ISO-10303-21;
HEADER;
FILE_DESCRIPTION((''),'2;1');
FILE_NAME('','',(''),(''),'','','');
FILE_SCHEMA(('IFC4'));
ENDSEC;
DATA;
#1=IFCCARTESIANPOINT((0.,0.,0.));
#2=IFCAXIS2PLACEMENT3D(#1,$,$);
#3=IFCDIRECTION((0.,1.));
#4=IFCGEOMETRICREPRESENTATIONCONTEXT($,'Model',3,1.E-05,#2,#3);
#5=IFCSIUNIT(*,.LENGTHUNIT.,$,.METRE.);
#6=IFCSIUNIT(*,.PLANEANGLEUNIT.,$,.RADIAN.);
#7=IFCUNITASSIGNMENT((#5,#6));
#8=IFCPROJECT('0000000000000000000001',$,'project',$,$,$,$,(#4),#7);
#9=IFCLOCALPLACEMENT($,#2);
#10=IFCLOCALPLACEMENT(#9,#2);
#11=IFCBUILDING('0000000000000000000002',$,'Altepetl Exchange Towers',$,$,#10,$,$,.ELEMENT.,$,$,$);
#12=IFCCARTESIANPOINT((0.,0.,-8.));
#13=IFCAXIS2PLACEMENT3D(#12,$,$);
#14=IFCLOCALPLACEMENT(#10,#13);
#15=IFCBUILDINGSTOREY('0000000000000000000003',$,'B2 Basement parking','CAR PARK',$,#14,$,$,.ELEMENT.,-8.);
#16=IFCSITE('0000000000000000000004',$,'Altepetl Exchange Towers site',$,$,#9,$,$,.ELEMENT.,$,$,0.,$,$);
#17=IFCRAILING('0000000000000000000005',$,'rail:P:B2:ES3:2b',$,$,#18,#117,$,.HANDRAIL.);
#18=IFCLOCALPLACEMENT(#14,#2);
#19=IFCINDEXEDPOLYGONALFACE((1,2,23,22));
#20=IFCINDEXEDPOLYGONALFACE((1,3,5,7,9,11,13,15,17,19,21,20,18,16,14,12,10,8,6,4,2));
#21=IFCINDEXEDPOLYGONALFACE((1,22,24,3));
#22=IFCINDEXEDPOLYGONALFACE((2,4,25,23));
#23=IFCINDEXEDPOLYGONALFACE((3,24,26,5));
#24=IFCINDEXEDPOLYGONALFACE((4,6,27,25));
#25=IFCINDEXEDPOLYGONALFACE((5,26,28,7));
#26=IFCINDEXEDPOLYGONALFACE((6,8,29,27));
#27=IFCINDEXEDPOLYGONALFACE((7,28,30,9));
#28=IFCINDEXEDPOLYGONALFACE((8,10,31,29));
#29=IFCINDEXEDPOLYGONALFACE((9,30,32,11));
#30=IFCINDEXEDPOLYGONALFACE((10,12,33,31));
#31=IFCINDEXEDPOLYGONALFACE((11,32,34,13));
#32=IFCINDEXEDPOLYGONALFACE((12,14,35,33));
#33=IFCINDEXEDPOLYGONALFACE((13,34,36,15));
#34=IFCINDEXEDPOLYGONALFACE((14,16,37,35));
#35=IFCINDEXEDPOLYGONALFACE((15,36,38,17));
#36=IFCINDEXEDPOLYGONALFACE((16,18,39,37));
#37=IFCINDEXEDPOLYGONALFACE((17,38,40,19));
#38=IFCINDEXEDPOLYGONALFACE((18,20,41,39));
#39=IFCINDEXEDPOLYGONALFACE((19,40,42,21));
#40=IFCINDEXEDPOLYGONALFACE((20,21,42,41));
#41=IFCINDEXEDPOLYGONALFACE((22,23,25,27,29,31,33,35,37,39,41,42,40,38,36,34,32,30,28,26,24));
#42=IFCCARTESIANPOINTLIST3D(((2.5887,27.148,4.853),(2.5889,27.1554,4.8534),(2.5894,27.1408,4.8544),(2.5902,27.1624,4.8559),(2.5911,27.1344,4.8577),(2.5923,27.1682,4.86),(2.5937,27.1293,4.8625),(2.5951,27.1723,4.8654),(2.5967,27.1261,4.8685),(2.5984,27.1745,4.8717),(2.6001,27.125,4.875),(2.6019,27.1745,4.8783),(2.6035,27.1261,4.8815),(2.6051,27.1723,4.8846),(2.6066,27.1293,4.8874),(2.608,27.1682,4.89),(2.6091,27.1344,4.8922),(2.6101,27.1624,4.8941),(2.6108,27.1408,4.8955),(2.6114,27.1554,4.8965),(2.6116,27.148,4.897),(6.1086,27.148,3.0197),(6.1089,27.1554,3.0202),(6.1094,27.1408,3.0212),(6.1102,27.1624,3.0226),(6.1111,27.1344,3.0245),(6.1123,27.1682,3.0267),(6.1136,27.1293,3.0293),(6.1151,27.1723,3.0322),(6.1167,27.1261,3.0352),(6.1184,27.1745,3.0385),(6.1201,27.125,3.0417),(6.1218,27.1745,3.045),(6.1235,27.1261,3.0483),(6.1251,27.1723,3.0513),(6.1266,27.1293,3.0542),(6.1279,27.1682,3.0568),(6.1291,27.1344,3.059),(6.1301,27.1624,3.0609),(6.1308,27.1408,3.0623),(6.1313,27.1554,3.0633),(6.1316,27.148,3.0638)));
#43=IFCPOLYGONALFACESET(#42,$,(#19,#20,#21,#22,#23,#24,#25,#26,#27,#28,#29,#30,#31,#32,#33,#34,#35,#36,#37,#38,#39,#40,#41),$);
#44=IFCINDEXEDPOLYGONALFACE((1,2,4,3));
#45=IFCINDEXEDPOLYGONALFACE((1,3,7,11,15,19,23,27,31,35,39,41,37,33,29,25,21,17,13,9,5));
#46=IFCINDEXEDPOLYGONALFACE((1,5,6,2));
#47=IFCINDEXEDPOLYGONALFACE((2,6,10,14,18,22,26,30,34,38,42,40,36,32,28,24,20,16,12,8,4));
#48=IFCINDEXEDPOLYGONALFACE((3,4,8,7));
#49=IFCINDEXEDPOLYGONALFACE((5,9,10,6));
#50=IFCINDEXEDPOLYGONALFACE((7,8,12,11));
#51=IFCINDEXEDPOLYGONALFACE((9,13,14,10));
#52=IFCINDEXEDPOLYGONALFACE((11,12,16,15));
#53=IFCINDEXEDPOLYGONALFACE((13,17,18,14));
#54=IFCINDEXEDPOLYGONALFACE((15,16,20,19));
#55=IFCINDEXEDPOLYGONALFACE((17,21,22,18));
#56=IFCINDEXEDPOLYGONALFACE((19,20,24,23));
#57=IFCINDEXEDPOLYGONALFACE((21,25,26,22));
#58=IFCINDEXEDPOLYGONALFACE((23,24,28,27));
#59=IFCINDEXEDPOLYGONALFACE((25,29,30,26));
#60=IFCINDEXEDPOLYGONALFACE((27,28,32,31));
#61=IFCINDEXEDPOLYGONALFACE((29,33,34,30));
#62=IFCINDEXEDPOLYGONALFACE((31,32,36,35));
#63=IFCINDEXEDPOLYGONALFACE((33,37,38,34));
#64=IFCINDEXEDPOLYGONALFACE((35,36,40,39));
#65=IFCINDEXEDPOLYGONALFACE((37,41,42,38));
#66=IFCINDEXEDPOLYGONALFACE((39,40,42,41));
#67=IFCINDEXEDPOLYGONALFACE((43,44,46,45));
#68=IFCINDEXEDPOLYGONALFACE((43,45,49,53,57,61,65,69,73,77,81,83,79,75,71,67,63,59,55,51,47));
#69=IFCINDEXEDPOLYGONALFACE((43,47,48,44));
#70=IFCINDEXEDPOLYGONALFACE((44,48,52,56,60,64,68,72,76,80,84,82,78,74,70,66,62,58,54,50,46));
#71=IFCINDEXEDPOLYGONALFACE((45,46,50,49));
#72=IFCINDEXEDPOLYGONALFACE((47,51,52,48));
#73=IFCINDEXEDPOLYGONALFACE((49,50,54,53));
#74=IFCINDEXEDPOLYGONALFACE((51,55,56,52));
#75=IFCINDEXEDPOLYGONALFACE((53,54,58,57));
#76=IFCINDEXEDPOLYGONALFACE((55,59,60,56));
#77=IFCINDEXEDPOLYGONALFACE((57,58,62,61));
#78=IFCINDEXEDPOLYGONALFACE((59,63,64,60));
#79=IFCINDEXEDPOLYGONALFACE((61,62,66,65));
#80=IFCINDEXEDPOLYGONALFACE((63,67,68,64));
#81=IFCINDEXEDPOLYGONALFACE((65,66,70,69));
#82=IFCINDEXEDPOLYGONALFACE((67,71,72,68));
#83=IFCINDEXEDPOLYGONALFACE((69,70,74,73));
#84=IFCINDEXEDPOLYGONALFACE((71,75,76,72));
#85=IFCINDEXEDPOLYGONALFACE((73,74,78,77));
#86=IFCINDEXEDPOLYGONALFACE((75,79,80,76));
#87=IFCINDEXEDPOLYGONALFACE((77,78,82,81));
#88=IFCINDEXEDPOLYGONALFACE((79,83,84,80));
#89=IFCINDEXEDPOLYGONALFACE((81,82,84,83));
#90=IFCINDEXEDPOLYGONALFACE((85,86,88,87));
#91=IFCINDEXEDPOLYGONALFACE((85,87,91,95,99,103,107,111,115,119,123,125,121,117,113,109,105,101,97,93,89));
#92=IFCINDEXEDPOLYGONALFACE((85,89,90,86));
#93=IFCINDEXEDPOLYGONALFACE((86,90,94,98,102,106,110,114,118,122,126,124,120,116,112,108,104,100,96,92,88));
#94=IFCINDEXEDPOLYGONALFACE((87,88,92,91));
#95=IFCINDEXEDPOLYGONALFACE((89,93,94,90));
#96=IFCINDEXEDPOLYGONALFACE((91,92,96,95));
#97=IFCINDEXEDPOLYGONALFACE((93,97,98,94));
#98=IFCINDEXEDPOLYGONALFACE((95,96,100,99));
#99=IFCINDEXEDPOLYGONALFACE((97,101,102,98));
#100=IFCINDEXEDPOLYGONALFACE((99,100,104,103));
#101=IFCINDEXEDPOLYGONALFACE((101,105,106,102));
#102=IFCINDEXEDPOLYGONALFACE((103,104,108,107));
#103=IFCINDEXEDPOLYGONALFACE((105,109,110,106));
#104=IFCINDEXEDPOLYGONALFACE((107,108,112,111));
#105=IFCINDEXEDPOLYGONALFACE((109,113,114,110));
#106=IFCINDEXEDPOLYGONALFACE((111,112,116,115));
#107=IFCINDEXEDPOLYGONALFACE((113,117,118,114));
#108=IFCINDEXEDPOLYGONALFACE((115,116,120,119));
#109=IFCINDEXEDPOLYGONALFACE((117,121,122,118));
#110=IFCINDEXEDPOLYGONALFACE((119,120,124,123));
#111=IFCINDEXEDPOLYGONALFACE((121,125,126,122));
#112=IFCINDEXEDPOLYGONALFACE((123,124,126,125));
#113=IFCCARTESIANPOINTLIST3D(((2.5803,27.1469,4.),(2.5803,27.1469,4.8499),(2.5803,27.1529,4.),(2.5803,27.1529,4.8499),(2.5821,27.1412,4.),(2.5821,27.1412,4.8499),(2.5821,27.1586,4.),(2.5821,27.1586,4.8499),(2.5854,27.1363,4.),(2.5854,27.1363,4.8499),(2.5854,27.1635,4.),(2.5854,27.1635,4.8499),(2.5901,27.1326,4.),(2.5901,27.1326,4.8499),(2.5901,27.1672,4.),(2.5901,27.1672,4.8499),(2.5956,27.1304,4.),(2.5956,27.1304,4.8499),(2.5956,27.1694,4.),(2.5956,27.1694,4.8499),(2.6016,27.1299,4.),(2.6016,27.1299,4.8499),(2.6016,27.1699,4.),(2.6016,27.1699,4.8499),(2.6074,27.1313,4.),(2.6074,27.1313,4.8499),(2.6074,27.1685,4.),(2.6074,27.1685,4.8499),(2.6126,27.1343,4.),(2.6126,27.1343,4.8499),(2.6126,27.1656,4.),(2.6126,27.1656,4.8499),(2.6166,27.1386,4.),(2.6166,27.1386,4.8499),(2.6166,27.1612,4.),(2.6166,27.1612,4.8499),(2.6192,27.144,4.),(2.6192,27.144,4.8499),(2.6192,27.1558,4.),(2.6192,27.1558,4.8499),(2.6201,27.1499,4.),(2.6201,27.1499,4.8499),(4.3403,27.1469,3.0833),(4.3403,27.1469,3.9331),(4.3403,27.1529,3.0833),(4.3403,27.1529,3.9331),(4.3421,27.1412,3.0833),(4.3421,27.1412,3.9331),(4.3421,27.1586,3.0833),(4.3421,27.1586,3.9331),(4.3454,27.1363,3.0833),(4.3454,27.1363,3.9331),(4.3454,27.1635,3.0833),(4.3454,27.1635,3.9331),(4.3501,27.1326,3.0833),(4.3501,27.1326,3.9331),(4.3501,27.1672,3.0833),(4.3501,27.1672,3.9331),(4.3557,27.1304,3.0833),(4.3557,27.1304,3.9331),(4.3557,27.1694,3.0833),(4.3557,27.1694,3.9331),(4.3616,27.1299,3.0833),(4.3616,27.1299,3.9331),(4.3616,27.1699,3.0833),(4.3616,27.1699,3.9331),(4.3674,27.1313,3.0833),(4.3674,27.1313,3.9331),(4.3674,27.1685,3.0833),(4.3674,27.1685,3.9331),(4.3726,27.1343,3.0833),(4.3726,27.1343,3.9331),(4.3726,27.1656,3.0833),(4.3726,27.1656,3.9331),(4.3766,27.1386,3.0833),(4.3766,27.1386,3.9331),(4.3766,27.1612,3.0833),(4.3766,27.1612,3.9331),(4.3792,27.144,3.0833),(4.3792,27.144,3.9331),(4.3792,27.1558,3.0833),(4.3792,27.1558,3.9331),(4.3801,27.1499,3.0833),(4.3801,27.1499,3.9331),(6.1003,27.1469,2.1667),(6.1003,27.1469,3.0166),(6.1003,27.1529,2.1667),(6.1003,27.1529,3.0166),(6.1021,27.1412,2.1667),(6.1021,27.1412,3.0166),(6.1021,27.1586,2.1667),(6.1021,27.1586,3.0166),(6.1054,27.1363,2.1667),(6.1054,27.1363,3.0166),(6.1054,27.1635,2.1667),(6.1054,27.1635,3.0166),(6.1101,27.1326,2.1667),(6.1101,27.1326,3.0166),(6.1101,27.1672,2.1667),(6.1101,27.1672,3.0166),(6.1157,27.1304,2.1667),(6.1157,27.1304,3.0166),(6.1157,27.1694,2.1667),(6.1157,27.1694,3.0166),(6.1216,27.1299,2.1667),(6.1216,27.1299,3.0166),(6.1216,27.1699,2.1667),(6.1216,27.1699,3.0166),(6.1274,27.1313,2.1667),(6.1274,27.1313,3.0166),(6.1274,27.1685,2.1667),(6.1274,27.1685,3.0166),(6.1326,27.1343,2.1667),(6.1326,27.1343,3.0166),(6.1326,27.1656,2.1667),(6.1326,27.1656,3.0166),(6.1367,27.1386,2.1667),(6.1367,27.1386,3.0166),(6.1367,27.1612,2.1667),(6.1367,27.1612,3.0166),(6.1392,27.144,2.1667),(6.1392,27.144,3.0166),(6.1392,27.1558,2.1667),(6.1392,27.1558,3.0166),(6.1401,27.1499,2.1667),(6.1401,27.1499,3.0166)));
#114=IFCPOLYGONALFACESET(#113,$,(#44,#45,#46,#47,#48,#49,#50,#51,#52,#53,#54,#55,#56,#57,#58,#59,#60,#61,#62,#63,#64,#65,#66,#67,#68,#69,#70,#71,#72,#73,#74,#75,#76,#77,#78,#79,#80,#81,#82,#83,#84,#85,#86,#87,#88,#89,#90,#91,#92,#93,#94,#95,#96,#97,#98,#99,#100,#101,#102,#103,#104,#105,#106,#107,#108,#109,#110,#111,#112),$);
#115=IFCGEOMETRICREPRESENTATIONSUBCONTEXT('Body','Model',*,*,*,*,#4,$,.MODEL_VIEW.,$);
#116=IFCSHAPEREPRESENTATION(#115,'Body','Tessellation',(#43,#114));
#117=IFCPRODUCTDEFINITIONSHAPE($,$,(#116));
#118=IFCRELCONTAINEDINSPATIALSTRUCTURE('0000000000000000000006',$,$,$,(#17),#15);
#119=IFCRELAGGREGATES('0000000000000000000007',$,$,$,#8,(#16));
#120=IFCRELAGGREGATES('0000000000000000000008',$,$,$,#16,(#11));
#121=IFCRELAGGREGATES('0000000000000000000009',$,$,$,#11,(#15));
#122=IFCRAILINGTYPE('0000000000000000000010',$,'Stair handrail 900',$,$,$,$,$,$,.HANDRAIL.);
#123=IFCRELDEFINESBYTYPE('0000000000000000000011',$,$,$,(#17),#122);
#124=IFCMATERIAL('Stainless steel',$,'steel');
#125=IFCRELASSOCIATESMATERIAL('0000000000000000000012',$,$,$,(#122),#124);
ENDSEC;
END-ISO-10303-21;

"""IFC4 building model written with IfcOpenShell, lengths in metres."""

from ifc_helpers import new_model, si_unit, direction, frame, origin, origin_2d, place, context, subcontext, project, spatial, circle, extrude, source, transform, mapped, material, type_object, element, save


model = new_model("IFC4")

# Units and contexts
model_context = context("Model", 3, precision=1e-05, world=origin(), true_north=direction((0.0, 1.0)))
body_context = subcontext(model_context, "Body", "Model", "MODEL_VIEW")
ifc_project = project(units=[si_unit("LENGTHUNIT", "METRE"), si_unit("PLANEANGLEUNIT", "RADIAN")], contexts=[model_context])

# Site, building, storey
site_placement = place(None, origin())
site = spatial("IfcSite", under=ifc_project, at=site_placement, Name="Altepetl Exchange Towers site", CompositionType="ELEMENT", RefElevation=0.0)
building_placement = place(site_placement, origin())
building = spatial("IfcBuilding", under=site, at=building_placement, Name="Altepetl Exchange Towers", CompositionType="ELEMENT")
storey_placement = place(building_placement, frame((0.0, 0.0, -8.0)))
storey = spatial("IfcBuildingStorey", under=building, at=storey_placement, Name="B2 Basement parking", Description="CAR PARK", CompositionType="ELEMENT", Elevation=-8.0)

# Railing
ifc_material_1 = material(Name="Stainless steel", Category="steel")
railing_type_1 = type_object("IfcRailingType", Name="Stair handrail 900", PredefinedType="HANDRAIL", material=ifc_material_1)
shared_shape_1 = source(origin(), body_context, "Body", "SweptSolid", [
    extrude(circle(Radius=0.02, at=origin_2d()), origin(), (0.0, 0.0, 1.0), 0.8499),
])
railing_1_placement = place(storey_placement, frame((6.1201, 27.1499, 2.1667)))
element("IfcRailing", 1, at=railing_1_placement, inside=storey, type_object=railing_type_1, Name="rail:P:B2:ES3:2b", PredefinedType="HANDRAIL", context=body_context, shape_type="SweptSolid", body=[
    extrude(circle(Radius=0.0249, at=origin_2d()), frame((0.0, 0.0, 0.875), z_axis=(-0.886924, 0.0, 0.461916), x_axis=(0.0, -1.0, 0.0)), (0.0, 0.0, 1.0), 3.9688),
    mapped(shared_shape_1, transform((0.0, 0.0, 0.0))),
    mapped(shared_shape_1, transform((-1.76, 0.0, 0.9165))),
    mapped(shared_shape_1, transform((-3.52, 0.0, 1.8333))),
])

save(model, "model.ifc")
